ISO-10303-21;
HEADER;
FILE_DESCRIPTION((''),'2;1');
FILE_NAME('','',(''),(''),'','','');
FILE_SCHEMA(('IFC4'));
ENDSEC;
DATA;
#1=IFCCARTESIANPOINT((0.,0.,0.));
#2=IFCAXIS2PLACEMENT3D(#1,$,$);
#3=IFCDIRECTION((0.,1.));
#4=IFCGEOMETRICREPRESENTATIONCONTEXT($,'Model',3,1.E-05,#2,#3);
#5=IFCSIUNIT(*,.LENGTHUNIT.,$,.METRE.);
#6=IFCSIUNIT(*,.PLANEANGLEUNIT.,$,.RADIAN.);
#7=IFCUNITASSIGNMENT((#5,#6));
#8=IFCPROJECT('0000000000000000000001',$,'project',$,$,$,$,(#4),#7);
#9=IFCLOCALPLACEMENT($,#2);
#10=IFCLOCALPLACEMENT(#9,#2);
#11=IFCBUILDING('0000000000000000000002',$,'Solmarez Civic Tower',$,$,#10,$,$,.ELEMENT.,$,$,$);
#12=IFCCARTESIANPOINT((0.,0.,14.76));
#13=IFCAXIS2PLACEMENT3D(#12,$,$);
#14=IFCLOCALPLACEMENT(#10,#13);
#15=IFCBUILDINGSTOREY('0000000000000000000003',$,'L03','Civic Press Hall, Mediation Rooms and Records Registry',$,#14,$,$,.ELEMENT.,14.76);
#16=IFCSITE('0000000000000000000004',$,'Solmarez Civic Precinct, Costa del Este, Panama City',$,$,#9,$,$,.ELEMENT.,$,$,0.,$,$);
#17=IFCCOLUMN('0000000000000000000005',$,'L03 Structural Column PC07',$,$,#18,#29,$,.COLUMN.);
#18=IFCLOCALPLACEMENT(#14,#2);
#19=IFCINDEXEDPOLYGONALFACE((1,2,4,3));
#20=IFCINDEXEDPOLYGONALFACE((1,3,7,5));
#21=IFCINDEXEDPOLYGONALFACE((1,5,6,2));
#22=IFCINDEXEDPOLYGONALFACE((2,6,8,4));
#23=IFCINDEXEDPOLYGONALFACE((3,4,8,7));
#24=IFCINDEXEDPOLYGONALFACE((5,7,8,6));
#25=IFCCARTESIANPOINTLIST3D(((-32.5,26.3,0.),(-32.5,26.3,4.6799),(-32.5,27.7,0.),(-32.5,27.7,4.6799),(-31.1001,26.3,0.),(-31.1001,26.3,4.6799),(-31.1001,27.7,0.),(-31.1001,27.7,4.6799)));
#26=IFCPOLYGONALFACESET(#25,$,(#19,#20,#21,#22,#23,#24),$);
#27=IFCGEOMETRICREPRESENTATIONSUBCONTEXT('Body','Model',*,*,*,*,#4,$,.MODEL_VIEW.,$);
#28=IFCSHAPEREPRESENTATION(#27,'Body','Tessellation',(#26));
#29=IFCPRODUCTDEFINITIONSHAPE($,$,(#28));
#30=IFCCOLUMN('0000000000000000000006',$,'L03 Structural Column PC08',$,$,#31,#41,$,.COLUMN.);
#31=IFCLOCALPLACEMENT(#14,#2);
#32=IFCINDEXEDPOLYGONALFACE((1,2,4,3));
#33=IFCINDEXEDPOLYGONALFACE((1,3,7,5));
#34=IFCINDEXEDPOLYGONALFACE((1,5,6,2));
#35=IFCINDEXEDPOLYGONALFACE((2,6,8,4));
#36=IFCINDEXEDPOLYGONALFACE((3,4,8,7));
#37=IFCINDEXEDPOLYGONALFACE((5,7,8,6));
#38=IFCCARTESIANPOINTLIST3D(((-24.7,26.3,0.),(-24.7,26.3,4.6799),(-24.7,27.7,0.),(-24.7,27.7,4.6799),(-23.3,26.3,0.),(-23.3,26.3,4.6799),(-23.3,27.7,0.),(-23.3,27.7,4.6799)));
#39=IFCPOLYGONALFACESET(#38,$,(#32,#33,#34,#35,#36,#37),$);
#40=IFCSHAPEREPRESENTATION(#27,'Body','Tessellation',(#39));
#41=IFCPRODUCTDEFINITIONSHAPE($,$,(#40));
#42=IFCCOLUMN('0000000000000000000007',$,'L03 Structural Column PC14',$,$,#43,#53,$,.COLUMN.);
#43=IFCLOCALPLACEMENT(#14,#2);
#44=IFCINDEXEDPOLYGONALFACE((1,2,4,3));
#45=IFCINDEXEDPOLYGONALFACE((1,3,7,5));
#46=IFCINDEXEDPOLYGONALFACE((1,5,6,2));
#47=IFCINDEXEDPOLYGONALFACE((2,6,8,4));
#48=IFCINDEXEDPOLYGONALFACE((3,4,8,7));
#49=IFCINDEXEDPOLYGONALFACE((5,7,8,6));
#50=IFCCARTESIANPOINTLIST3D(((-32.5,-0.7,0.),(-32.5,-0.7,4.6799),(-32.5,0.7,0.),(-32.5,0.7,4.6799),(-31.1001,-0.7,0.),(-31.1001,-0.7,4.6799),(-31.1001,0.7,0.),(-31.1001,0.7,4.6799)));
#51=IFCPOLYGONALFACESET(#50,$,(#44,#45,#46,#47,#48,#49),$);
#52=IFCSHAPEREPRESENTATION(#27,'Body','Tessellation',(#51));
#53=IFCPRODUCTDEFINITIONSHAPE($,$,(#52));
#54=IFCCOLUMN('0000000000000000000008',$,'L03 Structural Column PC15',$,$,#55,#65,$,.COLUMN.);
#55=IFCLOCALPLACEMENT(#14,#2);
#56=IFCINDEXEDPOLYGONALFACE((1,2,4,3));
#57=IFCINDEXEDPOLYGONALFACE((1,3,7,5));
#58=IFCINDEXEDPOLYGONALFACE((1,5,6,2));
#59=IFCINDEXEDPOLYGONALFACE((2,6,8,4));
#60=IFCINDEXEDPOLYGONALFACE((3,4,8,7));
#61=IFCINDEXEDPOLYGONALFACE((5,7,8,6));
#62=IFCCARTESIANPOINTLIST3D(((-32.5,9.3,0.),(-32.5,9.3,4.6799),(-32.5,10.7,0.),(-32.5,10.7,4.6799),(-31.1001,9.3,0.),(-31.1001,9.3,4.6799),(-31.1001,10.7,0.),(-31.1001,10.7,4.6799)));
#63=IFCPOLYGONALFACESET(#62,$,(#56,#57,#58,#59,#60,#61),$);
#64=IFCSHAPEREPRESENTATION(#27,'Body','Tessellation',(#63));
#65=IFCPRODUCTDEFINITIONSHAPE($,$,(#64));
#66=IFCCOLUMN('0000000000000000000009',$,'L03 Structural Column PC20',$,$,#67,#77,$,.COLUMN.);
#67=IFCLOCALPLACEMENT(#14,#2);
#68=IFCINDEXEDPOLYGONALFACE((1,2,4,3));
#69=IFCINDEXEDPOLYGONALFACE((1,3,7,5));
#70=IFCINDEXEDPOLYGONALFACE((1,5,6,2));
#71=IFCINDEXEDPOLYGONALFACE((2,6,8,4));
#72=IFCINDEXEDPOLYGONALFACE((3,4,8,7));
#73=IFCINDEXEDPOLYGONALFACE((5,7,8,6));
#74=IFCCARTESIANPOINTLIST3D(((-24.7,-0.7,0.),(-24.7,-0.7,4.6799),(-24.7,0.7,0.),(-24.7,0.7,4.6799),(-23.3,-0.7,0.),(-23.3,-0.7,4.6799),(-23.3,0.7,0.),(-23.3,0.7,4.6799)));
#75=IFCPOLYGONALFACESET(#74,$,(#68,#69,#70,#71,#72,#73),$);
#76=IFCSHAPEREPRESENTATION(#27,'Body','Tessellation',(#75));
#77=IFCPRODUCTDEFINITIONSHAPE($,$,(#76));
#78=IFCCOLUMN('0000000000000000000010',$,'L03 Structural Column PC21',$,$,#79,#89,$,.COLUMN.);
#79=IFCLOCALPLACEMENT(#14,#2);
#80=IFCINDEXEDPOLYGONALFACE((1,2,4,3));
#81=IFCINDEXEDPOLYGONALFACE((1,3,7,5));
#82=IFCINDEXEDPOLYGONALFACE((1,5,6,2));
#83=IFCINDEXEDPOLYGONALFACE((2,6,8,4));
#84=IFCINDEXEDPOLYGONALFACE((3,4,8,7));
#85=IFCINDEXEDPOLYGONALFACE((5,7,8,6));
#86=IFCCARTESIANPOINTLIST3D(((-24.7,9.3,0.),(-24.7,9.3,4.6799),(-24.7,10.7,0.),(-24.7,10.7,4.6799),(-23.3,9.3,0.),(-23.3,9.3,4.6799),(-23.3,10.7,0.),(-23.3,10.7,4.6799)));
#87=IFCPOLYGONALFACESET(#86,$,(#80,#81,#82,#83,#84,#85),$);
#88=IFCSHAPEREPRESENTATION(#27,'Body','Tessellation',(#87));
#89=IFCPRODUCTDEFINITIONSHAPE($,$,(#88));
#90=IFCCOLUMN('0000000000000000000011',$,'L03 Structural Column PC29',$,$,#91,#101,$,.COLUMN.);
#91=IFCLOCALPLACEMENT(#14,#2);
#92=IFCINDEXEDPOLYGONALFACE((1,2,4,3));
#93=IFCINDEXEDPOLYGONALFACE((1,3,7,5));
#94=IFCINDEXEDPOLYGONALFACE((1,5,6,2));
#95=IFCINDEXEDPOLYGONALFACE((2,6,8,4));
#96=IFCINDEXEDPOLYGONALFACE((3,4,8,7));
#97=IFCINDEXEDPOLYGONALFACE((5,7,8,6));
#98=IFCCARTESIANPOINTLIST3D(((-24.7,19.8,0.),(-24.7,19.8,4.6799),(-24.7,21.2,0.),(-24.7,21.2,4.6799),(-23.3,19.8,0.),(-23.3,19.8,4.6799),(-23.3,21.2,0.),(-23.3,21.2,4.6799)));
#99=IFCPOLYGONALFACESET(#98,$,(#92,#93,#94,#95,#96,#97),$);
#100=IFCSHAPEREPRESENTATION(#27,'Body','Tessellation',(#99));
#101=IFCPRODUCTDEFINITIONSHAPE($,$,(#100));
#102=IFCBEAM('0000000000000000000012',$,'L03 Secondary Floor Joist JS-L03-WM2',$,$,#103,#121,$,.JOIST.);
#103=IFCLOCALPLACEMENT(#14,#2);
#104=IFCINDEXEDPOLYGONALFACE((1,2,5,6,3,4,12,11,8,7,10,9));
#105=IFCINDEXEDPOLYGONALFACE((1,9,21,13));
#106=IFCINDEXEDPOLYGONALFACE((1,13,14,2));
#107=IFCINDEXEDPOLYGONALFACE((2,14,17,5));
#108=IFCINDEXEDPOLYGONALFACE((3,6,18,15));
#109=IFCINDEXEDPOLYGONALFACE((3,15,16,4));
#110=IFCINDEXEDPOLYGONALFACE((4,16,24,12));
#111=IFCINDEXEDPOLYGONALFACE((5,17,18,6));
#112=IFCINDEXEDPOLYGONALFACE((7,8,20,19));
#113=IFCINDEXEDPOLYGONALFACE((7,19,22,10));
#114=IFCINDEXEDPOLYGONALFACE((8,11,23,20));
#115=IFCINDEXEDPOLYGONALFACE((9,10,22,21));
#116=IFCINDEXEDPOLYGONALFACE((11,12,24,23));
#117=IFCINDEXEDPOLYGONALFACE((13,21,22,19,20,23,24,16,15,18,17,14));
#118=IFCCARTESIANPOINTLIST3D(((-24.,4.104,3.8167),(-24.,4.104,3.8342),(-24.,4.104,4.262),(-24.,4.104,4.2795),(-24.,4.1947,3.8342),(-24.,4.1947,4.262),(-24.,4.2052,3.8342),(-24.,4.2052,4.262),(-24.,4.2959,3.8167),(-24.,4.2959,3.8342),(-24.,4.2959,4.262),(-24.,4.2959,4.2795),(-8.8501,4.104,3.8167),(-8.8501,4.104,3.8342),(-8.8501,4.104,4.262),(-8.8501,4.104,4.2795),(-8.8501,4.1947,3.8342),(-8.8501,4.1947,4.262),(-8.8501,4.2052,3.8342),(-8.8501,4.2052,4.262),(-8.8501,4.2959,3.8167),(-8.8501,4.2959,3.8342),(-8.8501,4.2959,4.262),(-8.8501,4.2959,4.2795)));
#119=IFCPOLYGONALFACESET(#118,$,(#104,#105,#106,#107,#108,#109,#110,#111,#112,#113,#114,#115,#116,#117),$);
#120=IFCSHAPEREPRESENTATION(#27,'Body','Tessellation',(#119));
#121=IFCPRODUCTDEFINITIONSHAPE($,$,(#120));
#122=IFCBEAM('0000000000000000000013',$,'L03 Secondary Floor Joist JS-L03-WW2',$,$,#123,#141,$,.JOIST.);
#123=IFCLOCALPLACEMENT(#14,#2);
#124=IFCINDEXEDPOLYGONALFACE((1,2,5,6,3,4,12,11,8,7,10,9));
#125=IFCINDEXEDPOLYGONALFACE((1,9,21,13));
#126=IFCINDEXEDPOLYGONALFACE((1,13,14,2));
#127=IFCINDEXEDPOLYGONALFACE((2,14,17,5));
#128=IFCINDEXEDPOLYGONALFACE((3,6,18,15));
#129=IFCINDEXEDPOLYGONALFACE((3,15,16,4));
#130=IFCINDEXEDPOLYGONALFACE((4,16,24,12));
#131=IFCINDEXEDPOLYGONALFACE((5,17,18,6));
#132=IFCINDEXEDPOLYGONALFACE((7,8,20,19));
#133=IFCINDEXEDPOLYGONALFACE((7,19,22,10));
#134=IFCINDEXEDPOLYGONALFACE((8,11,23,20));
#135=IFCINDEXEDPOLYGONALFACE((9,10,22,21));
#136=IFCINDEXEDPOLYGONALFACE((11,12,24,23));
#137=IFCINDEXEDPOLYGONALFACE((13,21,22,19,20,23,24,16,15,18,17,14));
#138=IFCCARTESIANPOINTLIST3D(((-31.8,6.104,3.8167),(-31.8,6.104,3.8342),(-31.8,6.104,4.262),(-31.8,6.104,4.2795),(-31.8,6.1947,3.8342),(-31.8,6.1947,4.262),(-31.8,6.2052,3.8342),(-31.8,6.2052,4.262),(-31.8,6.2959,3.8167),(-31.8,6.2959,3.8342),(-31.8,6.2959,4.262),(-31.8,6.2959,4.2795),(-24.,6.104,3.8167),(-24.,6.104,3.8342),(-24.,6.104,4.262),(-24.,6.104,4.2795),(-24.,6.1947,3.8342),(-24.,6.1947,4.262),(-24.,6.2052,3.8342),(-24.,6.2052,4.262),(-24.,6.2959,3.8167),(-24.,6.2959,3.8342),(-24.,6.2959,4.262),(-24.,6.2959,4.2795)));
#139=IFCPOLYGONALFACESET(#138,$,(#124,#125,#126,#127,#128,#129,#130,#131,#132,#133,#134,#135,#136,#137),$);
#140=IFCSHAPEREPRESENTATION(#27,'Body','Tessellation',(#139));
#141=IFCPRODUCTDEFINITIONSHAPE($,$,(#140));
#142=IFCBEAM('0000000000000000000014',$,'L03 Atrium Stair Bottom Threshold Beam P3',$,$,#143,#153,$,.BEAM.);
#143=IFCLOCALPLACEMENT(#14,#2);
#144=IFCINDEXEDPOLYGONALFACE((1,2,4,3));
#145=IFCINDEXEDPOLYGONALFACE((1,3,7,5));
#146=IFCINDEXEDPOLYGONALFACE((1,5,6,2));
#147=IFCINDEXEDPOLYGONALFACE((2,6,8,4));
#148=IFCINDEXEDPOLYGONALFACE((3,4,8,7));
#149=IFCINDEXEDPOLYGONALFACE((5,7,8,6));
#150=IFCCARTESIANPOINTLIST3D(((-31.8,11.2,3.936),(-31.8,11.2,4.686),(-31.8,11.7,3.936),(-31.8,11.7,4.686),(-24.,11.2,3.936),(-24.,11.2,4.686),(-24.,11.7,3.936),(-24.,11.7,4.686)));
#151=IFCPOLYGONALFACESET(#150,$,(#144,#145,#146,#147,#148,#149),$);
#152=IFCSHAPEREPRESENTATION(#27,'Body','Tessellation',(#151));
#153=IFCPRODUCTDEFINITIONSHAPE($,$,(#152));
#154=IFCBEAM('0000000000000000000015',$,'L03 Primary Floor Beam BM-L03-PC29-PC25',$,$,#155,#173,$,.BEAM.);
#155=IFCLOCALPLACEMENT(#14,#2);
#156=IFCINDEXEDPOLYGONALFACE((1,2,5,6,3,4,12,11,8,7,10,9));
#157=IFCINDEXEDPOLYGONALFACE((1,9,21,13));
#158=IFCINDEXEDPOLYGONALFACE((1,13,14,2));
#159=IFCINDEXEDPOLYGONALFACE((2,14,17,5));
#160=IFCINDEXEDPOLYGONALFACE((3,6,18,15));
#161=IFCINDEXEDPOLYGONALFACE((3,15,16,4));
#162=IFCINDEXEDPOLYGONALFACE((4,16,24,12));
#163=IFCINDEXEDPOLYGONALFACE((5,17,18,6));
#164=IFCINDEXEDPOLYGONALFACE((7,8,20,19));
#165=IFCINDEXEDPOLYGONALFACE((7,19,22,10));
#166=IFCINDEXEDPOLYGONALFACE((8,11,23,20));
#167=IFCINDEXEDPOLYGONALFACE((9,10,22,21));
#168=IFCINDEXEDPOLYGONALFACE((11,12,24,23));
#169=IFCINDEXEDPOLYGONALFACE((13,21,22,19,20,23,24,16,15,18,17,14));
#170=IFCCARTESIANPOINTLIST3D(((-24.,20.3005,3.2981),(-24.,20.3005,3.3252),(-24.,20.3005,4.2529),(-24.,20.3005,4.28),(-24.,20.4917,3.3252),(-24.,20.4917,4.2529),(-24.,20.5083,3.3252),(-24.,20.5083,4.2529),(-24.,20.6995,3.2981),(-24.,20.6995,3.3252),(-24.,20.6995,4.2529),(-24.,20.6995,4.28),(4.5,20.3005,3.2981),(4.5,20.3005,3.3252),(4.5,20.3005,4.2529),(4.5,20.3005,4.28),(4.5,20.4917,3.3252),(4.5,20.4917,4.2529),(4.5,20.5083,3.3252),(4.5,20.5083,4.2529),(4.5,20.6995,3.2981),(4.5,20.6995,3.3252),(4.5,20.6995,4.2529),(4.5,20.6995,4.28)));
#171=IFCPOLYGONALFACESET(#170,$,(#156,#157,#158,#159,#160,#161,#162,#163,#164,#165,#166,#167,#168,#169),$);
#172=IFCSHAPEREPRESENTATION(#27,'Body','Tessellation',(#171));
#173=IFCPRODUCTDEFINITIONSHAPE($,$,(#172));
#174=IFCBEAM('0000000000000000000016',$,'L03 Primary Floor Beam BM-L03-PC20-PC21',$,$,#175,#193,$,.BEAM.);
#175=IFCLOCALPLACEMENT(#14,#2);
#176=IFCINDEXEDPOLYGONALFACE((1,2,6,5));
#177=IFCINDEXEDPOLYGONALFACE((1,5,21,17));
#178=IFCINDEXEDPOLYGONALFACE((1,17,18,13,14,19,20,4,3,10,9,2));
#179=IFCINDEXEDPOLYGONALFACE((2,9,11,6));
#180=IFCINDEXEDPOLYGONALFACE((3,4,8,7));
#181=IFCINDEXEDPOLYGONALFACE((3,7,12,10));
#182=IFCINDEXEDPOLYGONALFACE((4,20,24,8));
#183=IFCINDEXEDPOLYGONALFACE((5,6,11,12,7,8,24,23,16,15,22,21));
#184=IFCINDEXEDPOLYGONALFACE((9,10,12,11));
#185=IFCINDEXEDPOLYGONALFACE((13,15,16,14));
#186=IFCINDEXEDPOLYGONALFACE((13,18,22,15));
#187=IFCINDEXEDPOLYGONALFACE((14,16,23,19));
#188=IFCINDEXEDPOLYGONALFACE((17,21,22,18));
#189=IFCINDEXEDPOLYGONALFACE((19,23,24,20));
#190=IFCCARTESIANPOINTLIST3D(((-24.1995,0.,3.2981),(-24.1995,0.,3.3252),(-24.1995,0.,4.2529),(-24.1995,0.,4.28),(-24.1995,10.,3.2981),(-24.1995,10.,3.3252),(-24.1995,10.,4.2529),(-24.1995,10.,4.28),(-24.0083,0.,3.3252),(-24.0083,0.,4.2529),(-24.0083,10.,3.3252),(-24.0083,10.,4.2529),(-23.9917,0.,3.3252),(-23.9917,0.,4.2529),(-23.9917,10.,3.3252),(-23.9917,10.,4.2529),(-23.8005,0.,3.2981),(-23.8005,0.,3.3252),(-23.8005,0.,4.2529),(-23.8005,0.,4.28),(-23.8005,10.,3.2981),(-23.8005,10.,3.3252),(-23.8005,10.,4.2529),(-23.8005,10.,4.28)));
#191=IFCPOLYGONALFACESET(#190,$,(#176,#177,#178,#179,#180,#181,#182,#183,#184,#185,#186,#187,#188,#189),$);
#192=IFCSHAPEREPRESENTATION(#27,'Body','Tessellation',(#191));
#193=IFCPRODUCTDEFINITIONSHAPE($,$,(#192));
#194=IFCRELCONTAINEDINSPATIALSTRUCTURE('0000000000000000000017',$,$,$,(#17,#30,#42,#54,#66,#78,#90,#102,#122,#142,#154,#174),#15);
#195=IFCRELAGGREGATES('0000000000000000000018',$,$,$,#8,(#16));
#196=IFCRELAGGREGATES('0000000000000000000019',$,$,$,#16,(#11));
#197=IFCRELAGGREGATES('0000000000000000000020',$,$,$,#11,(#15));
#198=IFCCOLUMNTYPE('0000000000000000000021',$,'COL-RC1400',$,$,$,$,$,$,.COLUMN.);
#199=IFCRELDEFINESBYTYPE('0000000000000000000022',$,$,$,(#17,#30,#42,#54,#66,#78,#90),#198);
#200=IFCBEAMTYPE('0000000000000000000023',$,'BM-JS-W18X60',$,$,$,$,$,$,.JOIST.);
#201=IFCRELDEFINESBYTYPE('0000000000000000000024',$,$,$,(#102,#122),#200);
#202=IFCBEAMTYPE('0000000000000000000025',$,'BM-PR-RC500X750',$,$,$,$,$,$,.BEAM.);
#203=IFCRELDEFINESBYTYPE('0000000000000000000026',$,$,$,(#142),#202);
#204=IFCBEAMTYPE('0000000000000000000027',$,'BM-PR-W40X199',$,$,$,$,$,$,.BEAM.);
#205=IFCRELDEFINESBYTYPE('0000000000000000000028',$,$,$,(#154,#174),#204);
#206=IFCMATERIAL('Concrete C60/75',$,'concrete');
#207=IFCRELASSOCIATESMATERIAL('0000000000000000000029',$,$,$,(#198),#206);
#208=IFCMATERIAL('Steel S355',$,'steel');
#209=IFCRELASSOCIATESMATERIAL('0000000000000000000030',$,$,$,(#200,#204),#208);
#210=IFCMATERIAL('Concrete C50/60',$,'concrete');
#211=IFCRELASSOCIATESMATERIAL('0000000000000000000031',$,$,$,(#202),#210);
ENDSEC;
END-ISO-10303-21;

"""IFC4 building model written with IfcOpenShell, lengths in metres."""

from ifc_helpers import new_model, si_unit, direction, frame, origin, origin_2d, place, context, subcontext, project, spatial, rectangle, i_section, extrude, material, material_profile, profile_set, type_object, element, save


model = new_model("IFC4")

# Units and contexts
model_context = context("Model", 3, precision=1e-05, world=origin(), true_north=direction((0.0, 1.0)))
body_context = subcontext(model_context, "Body", "Model", "MODEL_VIEW")
ifc_project = project(units=[si_unit("LENGTHUNIT", "METRE"), si_unit("PLANEANGLEUNIT", "RADIAN")], contexts=[model_context])

# Site, building, storey
site_placement = place(None, origin())
site = spatial("IfcSite", under=ifc_project, at=site_placement, Name="Solmarez Civic Precinct, Costa del Este, Panama City", CompositionType="ELEMENT", RefElevation=0.0)
building_placement = place(site_placement, origin())
building = spatial("IfcBuilding", under=site, at=building_placement, Name="Solmarez Civic Tower", CompositionType="ELEMENT")
storey_placement = place(building_placement, frame((0.0, 0.0, 14.76)))
storey = spatial("IfcBuildingStorey", under=building, at=storey_placement, Name="L03", Description="Civic Press Hall, Mediation Rooms and Records Registry", CompositionType="ELEMENT", Elevation=14.76)

# Columns
ifc_material_1 = material(Name="Concrete C60/75", Category="concrete")
ifc_material_profile_1 = material_profile(ifc_material_1, rectangle(XDim=1.3999, YDim=1.3999, at=origin_2d()), Name="RC1400X1400")
ifc_profile_set_1 = profile_set([ifc_material_profile_1], Name="Concrete C60/75")
column_type = type_object("IfcColumnType", Name="COL-RC1400", PredefinedType="COLUMN", material=ifc_profile_set_1)
for number, where, z_axis, x_axis, name in (
    (1, (-31.8, 27.0, 0.0), (0.0, 0.0, 1.0), (1.0, 0.0, 0.0), "L03 Structural Column PC07"),
    (2, (-24.0, 27.0, 0.0), (0.0, 0.0, 1.0), (1.0, 0.0, 0.0), "L03 Structural Column PC08"),
    (3, (-31.8, 0.0, 0.0), (0.0, 0.0, 1.0), (1.0, 0.0, 0.0), "L03 Structural Column PC14"),
    (4, (-31.8, 10.0, 0.0), (0.0, 0.0, 1.0), (1.0, 0.0, 0.0), "L03 Structural Column PC15"),
    (5, (-24.0, 0.0, 0.0), (0.0, 0.0, 1.0), (1.0, 0.0, 0.0), "L03 Structural Column PC20"),
    (6, (-24.0, 10.0, 0.0), (0.0, 0.0, 1.0), (1.0, 0.0, 0.0), "L03 Structural Column PC21"),
    (7, (-24.0, 20.5, 0.0), (0.0, 0.0, 1.0), (1.0, 0.0, 0.0), "L03 Structural Column PC29"),
):
    element("IfcColumn", number, at=place(storey_placement, frame(where, z_axis=z_axis, x_axis=x_axis)), inside=storey, type_object=column_type, Name=name, PredefinedType="COLUMN", context=body_context, shape_type="SweptSolid", body=[
        extrude(rectangle(XDim=1.3999, YDim=1.3999, at=origin_2d()), origin(), (0.0, 0.0, 1.0), 4.6799),
    ])

# Beams
ifc_material_2 = material(Name="Steel S355", Category="steel")
ifc_material_profile_2 = material_profile(ifc_material_2, i_section(OverallWidth=0.1919, OverallDepth=0.4629, WebThickness=0.0105, FlangeThickness=0.0176, at=origin_2d()), Name="W18X60")
ifc_profile_set_2 = profile_set([ifc_material_profile_2], Name="Steel S355")
beam_type_1 = type_object("IfcBeamType", Name="BM-JS-W18X60", PredefinedType="JOIST", material=ifc_profile_set_2)
beam_1_placement = place(storey_placement, frame((-24.0, 4.2, 4.0481), z_axis=(1.0, 0.0, 0.0), x_axis=(0.0, 1.0, 0.0)))
element("IfcBeam", 8, at=beam_1_placement, inside=storey, type_object=beam_type_1, Name="L03 Secondary Floor Joist JS-L03-WM2", PredefinedType="JOIST", context=body_context, shape_type="SweptSolid", body=[
    extrude(i_section(OverallWidth=0.1919, OverallDepth=0.4629, WebThickness=0.0105, FlangeThickness=0.0176, at=origin_2d()), origin(), (0.0, 0.0, 1.0), 15.1499),
])
beam_2_placement = place(storey_placement, frame((-31.8, 6.2, 4.0481), z_axis=(1.0, 0.0, 0.0), x_axis=(0.0, 1.0, 0.0)))
element("IfcBeam", 9, at=beam_2_placement, inside=storey, type_object=beam_type_1, Name="L03 Secondary Floor Joist JS-L03-WW2", PredefinedType="JOIST", context=body_context, shape_type="SweptSolid", body=[
    extrude(i_section(OverallWidth=0.1919, OverallDepth=0.4629, WebThickness=0.0105, FlangeThickness=0.0176, at=origin_2d()), origin(), (0.0, 0.0, 1.0), 7.8),
])
ifc_material_3 = material(Name="Concrete C50/60", Category="concrete")
ifc_material_profile_3 = material_profile(ifc_material_3, rectangle(XDim=0.5, YDim=0.75, at=origin_2d()), Name="RC500X750")
ifc_profile_set_3 = profile_set([ifc_material_profile_3], Name="Concrete C50/60")
beam_type_2 = type_object("IfcBeamType", Name="BM-PR-RC500X750", PredefinedType="BEAM", material=ifc_profile_set_3)
beam_3_placement = place(storey_placement, frame((-31.8, 11.45, 4.311), z_axis=(1.0, 0.0, 0.0), x_axis=(0.0, 1.0, 0.0)))
element("IfcBeam", 10, at=beam_3_placement, inside=storey, type_object=beam_type_2, Name="L03 Atrium Stair Bottom Threshold Beam P3", PredefinedType="BEAM", context=body_context, shape_type="SweptSolid", body=[
    extrude(rectangle(XDim=0.5, YDim=0.75, at=origin_2d()), origin(), (0.0, 0.0, 1.0), 7.8),
])
ifc_material_profile_4 = material_profile(ifc_material_2, i_section(OverallWidth=0.3989, OverallDepth=0.9819, WebThickness=0.0166, FlangeThickness=0.0271, at=origin_2d()), Name="W40X199")
ifc_profile_set_4 = profile_set([ifc_material_profile_4], Name="Steel S355")
beam_type_3 = type_object("IfcBeamType", Name="BM-PR-W40X199", PredefinedType="BEAM", material=ifc_profile_set_4)
beam_4_placement = place(storey_placement, frame((-24.0, 20.5, 3.7891), z_axis=(1.0, 0.0, 0.0), x_axis=(0.0, 1.0, 0.0)))
element("IfcBeam", 11, at=beam_4_placement, inside=storey, type_object=beam_type_3, Name="L03 Primary Floor Beam BM-L03-PC29-PC25", PredefinedType="BEAM", context=body_context, shape_type="SweptSolid", body=[
    extrude(i_section(OverallWidth=0.3989, OverallDepth=0.9819, WebThickness=0.0166, FlangeThickness=0.0271, at=origin_2d()), origin(), (0.0, 0.0, 1.0), 28.5),
])
beam_5_placement = place(storey_placement, frame((-24.0, 0.0, 3.7891), z_axis=(0.0, 1.0, 0.0), x_axis=(-1.0, 0.0, 0.0)))
element("IfcBeam", 12, at=beam_5_placement, inside=storey, type_object=beam_type_3, Name="L03 Primary Floor Beam BM-L03-PC20-PC21", PredefinedType="BEAM", context=body_context, shape_type="SweptSolid", body=[
    extrude(i_section(OverallWidth=0.3989, OverallDepth=0.9819, WebThickness=0.0166, FlangeThickness=0.0271, at=origin_2d()), origin(), (0.0, 0.0, 1.0), 10.0),
])

save(model, "model.ifc")
